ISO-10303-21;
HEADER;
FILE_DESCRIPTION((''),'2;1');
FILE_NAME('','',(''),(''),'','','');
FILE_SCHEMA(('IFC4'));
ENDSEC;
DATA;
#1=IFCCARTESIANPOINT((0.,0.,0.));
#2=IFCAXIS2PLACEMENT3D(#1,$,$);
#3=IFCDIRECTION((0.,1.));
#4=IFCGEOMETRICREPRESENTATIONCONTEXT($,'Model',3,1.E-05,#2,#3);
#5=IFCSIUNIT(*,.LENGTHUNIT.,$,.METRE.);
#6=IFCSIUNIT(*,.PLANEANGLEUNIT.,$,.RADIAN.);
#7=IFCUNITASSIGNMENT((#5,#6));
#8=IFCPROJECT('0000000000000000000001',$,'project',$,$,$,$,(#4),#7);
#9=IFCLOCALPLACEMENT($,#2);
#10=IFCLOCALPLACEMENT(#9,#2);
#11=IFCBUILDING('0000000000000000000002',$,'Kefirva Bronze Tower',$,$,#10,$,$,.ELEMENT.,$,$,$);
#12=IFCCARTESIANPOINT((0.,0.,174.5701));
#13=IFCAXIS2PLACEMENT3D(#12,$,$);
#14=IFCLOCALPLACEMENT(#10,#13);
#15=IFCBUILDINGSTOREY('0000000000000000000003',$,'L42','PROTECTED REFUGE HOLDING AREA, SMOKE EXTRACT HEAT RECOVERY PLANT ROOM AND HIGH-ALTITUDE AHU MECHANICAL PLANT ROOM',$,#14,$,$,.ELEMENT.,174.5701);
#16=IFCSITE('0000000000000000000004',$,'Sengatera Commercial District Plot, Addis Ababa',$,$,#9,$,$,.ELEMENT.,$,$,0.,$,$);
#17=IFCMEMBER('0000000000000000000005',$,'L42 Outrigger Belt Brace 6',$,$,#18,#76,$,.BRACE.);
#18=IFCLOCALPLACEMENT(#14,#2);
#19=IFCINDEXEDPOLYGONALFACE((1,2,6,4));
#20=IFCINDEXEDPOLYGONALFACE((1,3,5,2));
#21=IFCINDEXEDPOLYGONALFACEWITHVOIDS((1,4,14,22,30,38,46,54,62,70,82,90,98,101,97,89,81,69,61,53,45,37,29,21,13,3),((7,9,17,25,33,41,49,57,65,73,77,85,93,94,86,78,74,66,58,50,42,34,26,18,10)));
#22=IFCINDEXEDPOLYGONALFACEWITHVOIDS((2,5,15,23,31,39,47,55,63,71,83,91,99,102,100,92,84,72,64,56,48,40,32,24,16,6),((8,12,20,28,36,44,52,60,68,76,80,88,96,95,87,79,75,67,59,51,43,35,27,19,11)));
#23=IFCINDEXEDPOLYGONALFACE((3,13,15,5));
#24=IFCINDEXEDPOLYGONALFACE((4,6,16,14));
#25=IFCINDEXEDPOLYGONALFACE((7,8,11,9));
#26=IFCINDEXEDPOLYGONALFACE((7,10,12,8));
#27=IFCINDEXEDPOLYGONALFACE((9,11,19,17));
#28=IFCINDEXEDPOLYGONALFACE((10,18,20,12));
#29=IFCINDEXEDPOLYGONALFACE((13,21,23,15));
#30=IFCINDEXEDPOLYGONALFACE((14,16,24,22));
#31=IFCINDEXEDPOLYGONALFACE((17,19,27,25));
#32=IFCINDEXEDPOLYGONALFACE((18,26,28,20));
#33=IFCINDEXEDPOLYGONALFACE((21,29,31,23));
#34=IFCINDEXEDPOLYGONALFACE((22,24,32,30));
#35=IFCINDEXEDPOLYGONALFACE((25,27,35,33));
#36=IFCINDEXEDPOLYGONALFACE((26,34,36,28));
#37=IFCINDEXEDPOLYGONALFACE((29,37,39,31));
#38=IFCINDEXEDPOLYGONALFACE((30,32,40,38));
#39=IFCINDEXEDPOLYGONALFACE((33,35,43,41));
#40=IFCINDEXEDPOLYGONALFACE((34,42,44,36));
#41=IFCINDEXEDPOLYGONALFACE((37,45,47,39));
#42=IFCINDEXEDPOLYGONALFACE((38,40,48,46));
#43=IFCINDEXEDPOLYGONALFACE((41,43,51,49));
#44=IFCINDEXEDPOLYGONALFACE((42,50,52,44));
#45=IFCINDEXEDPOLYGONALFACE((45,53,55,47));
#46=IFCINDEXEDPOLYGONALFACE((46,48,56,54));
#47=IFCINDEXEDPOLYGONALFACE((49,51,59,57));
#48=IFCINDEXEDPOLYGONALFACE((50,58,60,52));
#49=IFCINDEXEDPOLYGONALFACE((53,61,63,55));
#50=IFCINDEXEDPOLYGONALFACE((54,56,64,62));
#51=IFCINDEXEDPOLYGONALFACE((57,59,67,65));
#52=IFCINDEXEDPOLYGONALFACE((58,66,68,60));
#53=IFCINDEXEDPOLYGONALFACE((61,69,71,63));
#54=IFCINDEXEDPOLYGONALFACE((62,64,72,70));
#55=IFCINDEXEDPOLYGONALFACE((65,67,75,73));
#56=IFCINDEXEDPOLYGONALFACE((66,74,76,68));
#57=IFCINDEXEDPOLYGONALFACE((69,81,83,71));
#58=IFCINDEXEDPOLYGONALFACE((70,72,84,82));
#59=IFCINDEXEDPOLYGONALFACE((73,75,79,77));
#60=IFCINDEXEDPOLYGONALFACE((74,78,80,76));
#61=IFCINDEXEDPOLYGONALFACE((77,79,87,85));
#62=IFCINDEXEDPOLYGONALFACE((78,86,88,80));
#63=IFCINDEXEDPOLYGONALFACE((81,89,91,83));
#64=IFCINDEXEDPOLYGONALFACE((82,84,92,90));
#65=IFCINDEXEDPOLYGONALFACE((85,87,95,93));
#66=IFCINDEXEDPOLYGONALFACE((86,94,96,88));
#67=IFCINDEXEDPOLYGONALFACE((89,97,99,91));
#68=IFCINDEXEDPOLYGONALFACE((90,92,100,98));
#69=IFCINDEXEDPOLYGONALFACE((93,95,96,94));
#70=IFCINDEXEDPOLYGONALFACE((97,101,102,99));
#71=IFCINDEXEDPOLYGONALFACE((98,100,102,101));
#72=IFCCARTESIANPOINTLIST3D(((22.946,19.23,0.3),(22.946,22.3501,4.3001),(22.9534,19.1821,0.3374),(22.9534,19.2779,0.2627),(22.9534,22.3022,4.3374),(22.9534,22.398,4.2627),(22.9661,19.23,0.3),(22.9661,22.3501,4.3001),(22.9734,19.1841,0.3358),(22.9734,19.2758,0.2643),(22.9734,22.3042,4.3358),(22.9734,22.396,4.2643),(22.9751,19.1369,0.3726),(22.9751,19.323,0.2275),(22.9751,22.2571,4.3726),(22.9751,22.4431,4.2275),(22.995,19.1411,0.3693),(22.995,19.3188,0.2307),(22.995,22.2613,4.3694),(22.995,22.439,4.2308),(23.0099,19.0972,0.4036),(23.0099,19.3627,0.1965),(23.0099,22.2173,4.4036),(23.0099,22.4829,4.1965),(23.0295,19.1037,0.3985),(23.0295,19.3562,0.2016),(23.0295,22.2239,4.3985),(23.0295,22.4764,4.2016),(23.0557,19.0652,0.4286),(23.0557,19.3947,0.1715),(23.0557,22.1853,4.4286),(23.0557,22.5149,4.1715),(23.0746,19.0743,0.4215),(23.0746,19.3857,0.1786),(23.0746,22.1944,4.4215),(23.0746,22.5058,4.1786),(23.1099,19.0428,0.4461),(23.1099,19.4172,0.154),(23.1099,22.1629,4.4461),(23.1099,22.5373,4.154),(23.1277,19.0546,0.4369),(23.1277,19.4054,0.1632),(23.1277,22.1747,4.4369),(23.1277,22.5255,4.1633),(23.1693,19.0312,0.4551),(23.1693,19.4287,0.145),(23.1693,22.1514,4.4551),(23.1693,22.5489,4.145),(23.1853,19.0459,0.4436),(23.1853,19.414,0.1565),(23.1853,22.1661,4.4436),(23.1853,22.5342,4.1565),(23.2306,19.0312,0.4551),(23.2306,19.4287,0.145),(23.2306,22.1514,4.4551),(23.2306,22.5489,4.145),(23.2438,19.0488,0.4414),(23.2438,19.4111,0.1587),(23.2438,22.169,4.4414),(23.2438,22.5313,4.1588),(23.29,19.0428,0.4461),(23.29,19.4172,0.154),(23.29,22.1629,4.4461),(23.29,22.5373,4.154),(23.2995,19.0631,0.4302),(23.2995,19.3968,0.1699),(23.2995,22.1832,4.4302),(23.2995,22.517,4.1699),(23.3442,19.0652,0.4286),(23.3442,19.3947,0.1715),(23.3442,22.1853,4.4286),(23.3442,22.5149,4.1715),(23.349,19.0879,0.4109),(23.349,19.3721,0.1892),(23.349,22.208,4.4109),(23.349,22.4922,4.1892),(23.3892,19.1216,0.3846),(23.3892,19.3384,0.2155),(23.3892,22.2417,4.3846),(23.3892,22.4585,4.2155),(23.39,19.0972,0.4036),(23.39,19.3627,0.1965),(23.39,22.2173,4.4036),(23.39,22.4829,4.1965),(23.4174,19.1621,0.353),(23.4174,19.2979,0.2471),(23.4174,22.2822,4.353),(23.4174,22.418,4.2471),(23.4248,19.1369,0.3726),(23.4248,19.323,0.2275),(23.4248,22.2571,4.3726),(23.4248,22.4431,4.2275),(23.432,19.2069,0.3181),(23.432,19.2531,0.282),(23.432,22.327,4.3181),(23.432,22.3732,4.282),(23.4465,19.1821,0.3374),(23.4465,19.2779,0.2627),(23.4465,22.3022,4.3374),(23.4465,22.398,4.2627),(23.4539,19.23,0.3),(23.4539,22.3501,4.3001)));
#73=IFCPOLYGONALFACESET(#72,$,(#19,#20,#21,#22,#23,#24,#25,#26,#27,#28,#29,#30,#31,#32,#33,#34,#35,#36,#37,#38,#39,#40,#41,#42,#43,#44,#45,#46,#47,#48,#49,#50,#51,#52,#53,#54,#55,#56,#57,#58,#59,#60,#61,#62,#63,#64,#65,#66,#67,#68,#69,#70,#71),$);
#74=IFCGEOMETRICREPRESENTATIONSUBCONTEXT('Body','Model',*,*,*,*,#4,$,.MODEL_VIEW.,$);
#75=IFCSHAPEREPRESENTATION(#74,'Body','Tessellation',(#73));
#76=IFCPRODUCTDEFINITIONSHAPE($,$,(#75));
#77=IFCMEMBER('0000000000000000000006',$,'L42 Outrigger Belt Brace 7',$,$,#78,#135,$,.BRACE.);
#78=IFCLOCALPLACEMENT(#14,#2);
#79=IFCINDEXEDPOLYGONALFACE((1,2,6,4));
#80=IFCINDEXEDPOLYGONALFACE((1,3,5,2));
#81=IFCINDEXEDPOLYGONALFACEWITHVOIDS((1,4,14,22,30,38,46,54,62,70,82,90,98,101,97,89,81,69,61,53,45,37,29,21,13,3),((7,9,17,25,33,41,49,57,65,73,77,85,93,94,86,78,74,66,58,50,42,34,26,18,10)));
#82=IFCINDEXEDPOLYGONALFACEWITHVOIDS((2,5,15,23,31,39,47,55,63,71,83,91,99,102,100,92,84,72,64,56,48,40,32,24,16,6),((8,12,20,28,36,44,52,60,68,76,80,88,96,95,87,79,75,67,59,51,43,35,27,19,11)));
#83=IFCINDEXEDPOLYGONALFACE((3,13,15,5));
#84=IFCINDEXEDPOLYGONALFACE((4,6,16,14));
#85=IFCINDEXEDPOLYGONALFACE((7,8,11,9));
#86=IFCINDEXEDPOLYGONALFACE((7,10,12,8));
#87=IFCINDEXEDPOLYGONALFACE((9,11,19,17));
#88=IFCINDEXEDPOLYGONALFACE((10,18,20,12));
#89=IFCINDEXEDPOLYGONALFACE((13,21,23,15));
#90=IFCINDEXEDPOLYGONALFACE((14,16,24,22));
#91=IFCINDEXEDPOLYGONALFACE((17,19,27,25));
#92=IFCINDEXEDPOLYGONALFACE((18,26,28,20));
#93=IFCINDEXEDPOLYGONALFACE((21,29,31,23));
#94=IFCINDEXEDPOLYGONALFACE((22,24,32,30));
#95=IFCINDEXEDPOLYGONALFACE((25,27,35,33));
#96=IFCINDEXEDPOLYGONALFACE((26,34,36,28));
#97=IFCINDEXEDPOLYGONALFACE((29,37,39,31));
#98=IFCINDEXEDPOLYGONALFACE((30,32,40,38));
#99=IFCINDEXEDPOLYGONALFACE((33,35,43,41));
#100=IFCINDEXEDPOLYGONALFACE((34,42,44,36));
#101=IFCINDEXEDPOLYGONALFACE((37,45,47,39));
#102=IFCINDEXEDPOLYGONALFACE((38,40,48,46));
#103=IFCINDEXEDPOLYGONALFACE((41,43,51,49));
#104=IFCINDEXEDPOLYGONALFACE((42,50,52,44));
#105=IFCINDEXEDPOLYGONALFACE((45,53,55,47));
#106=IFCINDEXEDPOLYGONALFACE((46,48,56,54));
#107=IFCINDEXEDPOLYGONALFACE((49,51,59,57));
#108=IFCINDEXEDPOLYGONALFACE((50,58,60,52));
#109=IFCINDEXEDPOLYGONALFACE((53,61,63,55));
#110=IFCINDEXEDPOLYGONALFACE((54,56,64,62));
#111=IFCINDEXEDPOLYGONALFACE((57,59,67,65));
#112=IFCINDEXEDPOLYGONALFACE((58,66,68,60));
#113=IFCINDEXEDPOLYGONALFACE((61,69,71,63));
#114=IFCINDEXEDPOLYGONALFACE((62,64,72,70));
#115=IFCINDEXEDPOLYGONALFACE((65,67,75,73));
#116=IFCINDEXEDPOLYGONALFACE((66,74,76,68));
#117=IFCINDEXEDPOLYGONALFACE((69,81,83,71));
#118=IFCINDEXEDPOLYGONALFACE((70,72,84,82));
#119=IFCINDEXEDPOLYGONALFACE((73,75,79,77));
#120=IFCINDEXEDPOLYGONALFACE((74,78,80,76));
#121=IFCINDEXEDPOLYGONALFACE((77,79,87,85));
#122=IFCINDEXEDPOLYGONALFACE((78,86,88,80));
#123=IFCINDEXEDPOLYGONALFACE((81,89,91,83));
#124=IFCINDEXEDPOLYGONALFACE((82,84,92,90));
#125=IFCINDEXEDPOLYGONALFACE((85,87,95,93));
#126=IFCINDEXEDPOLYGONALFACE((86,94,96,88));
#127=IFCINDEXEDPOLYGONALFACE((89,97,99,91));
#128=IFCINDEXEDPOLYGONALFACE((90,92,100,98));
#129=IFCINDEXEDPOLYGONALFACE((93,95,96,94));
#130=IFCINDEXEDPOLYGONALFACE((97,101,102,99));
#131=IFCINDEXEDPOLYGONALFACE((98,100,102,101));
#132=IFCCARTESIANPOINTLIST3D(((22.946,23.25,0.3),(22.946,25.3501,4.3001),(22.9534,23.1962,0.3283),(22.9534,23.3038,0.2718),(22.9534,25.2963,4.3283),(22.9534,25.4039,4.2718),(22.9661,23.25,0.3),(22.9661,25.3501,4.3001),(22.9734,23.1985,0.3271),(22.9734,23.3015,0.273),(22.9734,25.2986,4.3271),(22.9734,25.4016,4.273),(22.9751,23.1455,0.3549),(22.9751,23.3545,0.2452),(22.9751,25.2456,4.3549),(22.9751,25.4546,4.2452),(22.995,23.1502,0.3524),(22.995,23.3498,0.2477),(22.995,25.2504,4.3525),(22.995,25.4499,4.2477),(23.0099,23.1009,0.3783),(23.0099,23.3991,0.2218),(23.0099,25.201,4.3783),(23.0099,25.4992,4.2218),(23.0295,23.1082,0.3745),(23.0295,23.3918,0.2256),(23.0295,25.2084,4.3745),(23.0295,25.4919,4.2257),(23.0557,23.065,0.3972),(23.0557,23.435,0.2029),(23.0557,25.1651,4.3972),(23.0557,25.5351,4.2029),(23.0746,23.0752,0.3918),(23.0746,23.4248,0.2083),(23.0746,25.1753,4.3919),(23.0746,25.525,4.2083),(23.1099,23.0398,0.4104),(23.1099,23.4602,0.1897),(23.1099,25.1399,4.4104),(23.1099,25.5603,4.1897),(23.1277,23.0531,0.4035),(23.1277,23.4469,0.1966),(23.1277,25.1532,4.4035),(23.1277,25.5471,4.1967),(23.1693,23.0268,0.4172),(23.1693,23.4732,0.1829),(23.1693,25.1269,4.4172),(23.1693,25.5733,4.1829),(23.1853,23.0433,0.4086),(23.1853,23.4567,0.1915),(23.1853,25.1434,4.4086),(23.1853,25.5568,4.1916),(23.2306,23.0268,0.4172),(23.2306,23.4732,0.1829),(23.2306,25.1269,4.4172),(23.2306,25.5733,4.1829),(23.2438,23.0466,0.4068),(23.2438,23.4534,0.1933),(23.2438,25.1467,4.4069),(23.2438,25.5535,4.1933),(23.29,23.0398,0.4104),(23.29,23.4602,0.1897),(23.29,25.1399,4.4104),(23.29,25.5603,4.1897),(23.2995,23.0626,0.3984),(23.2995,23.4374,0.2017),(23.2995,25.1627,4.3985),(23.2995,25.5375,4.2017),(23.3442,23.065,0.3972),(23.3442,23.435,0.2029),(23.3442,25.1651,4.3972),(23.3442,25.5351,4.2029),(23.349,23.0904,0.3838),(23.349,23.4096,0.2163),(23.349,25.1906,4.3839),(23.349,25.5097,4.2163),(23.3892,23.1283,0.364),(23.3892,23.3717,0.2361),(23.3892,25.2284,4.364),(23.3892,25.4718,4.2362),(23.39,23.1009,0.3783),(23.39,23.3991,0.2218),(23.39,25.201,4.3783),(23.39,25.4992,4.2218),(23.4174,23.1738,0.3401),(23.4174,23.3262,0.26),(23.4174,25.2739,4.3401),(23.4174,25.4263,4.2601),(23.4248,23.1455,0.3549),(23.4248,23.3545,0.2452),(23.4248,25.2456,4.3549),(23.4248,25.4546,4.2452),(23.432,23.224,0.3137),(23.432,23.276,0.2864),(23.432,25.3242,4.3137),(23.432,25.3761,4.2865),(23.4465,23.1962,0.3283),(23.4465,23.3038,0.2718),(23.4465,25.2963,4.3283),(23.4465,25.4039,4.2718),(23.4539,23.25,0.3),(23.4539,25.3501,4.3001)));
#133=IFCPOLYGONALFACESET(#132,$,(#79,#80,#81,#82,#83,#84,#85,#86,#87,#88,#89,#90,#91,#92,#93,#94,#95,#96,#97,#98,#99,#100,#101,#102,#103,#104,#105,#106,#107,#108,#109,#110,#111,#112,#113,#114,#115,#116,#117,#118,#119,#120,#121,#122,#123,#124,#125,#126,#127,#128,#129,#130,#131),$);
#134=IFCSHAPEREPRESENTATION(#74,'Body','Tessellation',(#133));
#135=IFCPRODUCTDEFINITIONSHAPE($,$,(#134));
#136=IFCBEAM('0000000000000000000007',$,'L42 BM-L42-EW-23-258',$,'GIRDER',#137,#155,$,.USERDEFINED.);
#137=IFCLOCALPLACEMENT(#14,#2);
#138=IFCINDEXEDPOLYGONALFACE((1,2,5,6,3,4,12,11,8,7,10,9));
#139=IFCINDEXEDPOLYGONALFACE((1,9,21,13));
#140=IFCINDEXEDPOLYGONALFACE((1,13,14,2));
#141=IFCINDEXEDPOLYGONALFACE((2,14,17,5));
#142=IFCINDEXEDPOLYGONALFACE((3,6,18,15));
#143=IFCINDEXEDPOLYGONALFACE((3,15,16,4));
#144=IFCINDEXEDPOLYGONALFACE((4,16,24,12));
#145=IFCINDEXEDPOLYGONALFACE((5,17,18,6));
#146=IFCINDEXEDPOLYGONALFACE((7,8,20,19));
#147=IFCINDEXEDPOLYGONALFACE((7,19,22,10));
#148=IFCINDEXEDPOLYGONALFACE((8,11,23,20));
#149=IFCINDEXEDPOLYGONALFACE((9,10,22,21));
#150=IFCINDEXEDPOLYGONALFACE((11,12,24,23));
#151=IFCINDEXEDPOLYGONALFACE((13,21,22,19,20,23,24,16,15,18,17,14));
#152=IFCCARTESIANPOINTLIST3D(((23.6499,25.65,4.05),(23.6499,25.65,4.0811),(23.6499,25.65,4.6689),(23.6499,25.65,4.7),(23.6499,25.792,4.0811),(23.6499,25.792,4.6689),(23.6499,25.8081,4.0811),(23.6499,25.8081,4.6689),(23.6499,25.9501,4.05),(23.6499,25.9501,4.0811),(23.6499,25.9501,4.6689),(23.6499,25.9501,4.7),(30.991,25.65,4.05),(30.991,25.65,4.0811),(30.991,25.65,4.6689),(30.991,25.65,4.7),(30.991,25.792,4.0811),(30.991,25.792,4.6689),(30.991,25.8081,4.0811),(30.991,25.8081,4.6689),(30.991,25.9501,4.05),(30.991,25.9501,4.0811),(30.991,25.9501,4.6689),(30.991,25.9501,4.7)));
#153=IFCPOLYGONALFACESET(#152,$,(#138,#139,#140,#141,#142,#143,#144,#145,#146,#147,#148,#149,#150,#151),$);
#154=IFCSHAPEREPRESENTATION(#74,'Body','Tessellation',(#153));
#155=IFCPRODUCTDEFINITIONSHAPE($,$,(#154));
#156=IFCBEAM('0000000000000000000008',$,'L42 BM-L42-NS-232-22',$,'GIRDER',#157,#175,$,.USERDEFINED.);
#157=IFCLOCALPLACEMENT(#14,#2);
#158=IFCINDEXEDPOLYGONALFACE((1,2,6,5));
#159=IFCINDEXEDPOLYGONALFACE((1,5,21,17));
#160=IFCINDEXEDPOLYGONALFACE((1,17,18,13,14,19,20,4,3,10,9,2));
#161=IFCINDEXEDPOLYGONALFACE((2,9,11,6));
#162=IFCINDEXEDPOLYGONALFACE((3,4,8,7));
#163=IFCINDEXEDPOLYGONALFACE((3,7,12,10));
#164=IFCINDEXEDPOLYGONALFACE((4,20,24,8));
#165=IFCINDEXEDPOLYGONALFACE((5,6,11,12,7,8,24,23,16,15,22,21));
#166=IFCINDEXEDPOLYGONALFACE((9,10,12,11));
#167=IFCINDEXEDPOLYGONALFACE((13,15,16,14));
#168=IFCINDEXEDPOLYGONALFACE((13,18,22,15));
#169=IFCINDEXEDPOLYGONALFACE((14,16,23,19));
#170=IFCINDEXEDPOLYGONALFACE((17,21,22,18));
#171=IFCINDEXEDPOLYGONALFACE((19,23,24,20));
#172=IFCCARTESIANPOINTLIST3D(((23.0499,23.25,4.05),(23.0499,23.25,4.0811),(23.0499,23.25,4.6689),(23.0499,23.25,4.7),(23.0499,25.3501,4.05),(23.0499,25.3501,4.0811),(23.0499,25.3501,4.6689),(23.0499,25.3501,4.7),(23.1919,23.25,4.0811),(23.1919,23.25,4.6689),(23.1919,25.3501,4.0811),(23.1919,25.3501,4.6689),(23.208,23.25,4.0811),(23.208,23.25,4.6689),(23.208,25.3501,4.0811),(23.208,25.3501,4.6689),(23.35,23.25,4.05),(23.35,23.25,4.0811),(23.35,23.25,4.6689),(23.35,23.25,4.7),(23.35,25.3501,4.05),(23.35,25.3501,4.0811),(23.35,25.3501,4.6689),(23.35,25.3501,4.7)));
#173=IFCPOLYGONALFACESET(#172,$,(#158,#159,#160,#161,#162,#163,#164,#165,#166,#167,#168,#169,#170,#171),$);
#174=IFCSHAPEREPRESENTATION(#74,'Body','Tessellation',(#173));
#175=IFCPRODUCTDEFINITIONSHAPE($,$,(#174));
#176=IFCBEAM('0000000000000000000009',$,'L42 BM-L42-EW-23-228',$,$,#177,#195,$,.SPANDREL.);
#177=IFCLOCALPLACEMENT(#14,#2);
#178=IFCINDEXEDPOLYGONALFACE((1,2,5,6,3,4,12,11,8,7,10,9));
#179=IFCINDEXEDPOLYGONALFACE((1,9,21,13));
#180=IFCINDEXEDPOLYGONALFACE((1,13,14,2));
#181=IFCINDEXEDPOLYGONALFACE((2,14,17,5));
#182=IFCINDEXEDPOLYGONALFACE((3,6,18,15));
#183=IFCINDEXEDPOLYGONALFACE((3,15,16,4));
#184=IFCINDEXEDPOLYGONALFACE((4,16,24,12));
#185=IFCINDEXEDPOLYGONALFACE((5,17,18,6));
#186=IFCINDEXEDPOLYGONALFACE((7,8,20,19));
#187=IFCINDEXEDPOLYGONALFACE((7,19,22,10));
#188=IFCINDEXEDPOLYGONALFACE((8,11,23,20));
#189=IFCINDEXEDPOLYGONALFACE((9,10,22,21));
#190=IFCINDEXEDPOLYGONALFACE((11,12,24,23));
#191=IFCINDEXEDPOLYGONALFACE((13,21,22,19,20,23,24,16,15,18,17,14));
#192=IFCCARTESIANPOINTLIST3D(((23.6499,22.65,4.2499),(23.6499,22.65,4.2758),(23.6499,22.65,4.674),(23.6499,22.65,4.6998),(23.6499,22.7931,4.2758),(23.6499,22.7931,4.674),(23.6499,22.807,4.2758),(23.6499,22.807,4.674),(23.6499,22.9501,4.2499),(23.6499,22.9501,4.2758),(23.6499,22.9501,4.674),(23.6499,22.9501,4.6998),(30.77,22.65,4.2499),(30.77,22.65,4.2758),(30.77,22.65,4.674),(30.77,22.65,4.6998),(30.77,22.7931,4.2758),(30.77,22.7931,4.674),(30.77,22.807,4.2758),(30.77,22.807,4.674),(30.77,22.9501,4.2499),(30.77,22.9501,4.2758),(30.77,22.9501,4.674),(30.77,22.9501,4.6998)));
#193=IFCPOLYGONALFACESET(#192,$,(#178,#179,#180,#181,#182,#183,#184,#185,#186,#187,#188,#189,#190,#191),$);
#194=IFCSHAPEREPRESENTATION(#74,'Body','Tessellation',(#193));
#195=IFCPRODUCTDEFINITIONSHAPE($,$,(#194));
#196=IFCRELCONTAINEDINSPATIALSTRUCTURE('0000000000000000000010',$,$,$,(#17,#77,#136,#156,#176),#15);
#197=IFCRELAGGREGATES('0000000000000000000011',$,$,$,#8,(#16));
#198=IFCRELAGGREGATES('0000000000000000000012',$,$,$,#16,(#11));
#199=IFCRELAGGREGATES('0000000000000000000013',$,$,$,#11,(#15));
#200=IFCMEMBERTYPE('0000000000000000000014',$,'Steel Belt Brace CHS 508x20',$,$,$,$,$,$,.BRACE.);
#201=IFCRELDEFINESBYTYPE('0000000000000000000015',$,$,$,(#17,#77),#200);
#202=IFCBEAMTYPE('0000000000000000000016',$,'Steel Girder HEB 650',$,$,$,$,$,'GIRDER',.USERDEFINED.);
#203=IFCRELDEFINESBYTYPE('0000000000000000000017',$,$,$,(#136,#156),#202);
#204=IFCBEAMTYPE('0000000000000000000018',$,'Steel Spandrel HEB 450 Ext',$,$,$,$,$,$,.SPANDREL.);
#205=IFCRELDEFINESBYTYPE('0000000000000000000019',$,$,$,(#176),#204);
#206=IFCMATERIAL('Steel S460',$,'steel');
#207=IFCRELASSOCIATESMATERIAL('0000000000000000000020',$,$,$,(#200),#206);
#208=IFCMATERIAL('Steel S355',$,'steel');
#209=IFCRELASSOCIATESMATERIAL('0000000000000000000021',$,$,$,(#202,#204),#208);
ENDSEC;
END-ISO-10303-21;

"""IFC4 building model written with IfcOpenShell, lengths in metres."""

from ifc_helpers import new_model, si_unit, direction, frame, origin, origin_2d, place, context, subcontext, project, spatial, hollow_circle, i_section, extrude, material, material_profile, profile_set, type_object, element, save


model = new_model("IFC4")

# Units and contexts
model_context = context("Model", 3, precision=1e-05, world=origin(), true_north=direction((0.0, 1.0)))
body_context = subcontext(model_context, "Body", "Model", "MODEL_VIEW")
ifc_project = project(units=[si_unit("LENGTHUNIT", "METRE"), si_unit("PLANEANGLEUNIT", "RADIAN")], contexts=[model_context])

# Site, building, storey
site_placement = place(None, origin())
site = spatial("IfcSite", under=ifc_project, at=site_placement, Name="Sengatera Commercial District Plot, Addis Ababa", CompositionType="ELEMENT", RefElevation=0.0)
building_placement = place(site_placement, origin())
building = spatial("IfcBuilding", under=site, at=building_placement, Name="Kefirva Bronze Tower", CompositionType="ELEMENT")
storey_placement = place(building_placement, frame((0.0, 0.0, 174.5701)))
storey = spatial("IfcBuildingStorey", under=building, at=storey_placement, Name="L42", Description="PROTECTED REFUGE HOLDING AREA, SMOKE EXTRACT HEAT RECOVERY PLANT ROOM AND HIGH-ALTITUDE AHU MECHANICAL PLANT ROOM", CompositionType="ELEMENT", Elevation=174.5701)

# Members
ifc_material_1 = material(Name="Steel S460", Category="steel")
ifc_material_profile_1 = material_profile(ifc_material_1, hollow_circle(Radius=0.2539, WallThickness=0.02, at=origin_2d()), Name="CHS 508x20")
ifc_profile_set_1 = profile_set([ifc_material_profile_1], Name="Steel S460")
member_type_1 = type_object("IfcMemberType", Name="Steel Belt Brace CHS 508x20", PredefinedType="BRACE", material=ifc_profile_set_1)
member_1_placement = place(storey_placement, frame((23.2, 19.23, 0.3), z_axis=(0.0, 0.615046, 0.788491), x_axis=(-1.0, 0.0, 0.0)))
element("IfcMember", 1, at=member_1_placement, inside=storey, type_object=member_type_1, Name="L42 Outrigger Belt Brace 6", PredefinedType="BRACE", context=body_context, shape_type="SweptSolid", body=[
    extrude(hollow_circle(Radius=0.2539, WallThickness=0.02, at=origin_2d()), origin(), (0.0, 0.0, 1.0), 5.073),
])
member_2_placement = place(storey_placement, frame((23.2, 23.25, 0.3), z_axis=(0.0, 0.464851, 0.885389), x_axis=(-1.0, 0.0, 0.0)))
element("IfcMember", 2, at=member_2_placement, inside=storey, type_object=member_type_1, Name="L42 Outrigger Belt Brace 7", PredefinedType="BRACE", context=body_context, shape_type="SweptSolid", body=[
    extrude(hollow_circle(Radius=0.2539, WallThickness=0.02, at=origin_2d()), origin(), (0.0, 0.0, 1.0), 4.5178),
])

# Beams
ifc_material_2 = material(Name="Steel S355", Category="steel")
ifc_material_profile_2 = material_profile(ifc_material_2, i_section(OverallWidth=0.3, OverallDepth=0.6499, WebThickness=0.0161, FlangeThickness=0.031, at=origin_2d()), Name="HEB 650")
ifc_profile_set_2 = profile_set([ifc_material_profile_2], Name="Steel S355")
beam_type_1 = type_object("IfcBeamType", Name="Steel Girder HEB 650", ElementType="GIRDER", PredefinedType="USERDEFINED", material=ifc_profile_set_2)
beam_1_placement = place(storey_placement, frame((23.6499, 25.8, 4.375), z_axis=(1.0, 0.0, 0.0), x_axis=(0.0, 1.0, 0.0)))
element("IfcBeam", 3, at=beam_1_placement, inside=storey, type_object=beam_type_1, Name="L42 BM-L42-EW-23-258", ObjectType="GIRDER", PredefinedType="USERDEFINED", context=body_context, shape_type="SweptSolid", body=[
    extrude(i_section(OverallWidth=0.3, OverallDepth=0.6499, WebThickness=0.0161, FlangeThickness=0.031, at=origin_2d()), origin(), (0.0, 0.0, 1.0), 7.3411),
])
beam_2_placement = place(storey_placement, frame((23.2, 23.25, 4.375), z_axis=(0.0, 1.0, 0.0), x_axis=(-1.0, 0.0, 0.0)))
element("IfcBeam", 4, at=beam_2_placement, inside=storey, type_object=beam_type_1, Name="L42 BM-L42-NS-232-22", ObjectType="GIRDER", PredefinedType="USERDEFINED", context=body_context, shape_type="SweptSolid", body=[
    extrude(i_section(OverallWidth=0.3, OverallDepth=0.6499, WebThickness=0.0161, FlangeThickness=0.031, at=origin_2d()), origin(), (0.0, 0.0, 1.0), 2.1001),
])
ifc_material_profile_3 = material_profile(ifc_material_2, i_section(OverallWidth=0.3, OverallDepth=0.45, WebThickness=0.0139, FlangeThickness=0.0259, at=origin_2d()), Name="HEB 450")
ifc_profile_set_3 = profile_set([ifc_material_profile_3], Name="Steel S355")
beam_type_2 = type_object("IfcBeamType", Name="Steel Spandrel HEB 450 Ext", PredefinedType="SPANDREL", material=ifc_profile_set_3)
beam_3_placement = place(storey_placement, frame((23.6499, 22.8, 4.4749), z_axis=(1.0, 0.0, 0.0), x_axis=(0.0, 1.0, 0.0)))
element("IfcBeam", 5, at=beam_3_placement, inside=storey, type_object=beam_type_2, Name="L42 BM-L42-EW-23-228", PredefinedType="SPANDREL", context=body_context, shape_type="SweptSolid", body=[
    extrude(i_section(OverallWidth=0.3, OverallDepth=0.45, WebThickness=0.0139, FlangeThickness=0.0259, at=origin_2d()), origin(), (0.0, 0.0, 1.0), 7.1201),
])

save(model, "model.ifc")
